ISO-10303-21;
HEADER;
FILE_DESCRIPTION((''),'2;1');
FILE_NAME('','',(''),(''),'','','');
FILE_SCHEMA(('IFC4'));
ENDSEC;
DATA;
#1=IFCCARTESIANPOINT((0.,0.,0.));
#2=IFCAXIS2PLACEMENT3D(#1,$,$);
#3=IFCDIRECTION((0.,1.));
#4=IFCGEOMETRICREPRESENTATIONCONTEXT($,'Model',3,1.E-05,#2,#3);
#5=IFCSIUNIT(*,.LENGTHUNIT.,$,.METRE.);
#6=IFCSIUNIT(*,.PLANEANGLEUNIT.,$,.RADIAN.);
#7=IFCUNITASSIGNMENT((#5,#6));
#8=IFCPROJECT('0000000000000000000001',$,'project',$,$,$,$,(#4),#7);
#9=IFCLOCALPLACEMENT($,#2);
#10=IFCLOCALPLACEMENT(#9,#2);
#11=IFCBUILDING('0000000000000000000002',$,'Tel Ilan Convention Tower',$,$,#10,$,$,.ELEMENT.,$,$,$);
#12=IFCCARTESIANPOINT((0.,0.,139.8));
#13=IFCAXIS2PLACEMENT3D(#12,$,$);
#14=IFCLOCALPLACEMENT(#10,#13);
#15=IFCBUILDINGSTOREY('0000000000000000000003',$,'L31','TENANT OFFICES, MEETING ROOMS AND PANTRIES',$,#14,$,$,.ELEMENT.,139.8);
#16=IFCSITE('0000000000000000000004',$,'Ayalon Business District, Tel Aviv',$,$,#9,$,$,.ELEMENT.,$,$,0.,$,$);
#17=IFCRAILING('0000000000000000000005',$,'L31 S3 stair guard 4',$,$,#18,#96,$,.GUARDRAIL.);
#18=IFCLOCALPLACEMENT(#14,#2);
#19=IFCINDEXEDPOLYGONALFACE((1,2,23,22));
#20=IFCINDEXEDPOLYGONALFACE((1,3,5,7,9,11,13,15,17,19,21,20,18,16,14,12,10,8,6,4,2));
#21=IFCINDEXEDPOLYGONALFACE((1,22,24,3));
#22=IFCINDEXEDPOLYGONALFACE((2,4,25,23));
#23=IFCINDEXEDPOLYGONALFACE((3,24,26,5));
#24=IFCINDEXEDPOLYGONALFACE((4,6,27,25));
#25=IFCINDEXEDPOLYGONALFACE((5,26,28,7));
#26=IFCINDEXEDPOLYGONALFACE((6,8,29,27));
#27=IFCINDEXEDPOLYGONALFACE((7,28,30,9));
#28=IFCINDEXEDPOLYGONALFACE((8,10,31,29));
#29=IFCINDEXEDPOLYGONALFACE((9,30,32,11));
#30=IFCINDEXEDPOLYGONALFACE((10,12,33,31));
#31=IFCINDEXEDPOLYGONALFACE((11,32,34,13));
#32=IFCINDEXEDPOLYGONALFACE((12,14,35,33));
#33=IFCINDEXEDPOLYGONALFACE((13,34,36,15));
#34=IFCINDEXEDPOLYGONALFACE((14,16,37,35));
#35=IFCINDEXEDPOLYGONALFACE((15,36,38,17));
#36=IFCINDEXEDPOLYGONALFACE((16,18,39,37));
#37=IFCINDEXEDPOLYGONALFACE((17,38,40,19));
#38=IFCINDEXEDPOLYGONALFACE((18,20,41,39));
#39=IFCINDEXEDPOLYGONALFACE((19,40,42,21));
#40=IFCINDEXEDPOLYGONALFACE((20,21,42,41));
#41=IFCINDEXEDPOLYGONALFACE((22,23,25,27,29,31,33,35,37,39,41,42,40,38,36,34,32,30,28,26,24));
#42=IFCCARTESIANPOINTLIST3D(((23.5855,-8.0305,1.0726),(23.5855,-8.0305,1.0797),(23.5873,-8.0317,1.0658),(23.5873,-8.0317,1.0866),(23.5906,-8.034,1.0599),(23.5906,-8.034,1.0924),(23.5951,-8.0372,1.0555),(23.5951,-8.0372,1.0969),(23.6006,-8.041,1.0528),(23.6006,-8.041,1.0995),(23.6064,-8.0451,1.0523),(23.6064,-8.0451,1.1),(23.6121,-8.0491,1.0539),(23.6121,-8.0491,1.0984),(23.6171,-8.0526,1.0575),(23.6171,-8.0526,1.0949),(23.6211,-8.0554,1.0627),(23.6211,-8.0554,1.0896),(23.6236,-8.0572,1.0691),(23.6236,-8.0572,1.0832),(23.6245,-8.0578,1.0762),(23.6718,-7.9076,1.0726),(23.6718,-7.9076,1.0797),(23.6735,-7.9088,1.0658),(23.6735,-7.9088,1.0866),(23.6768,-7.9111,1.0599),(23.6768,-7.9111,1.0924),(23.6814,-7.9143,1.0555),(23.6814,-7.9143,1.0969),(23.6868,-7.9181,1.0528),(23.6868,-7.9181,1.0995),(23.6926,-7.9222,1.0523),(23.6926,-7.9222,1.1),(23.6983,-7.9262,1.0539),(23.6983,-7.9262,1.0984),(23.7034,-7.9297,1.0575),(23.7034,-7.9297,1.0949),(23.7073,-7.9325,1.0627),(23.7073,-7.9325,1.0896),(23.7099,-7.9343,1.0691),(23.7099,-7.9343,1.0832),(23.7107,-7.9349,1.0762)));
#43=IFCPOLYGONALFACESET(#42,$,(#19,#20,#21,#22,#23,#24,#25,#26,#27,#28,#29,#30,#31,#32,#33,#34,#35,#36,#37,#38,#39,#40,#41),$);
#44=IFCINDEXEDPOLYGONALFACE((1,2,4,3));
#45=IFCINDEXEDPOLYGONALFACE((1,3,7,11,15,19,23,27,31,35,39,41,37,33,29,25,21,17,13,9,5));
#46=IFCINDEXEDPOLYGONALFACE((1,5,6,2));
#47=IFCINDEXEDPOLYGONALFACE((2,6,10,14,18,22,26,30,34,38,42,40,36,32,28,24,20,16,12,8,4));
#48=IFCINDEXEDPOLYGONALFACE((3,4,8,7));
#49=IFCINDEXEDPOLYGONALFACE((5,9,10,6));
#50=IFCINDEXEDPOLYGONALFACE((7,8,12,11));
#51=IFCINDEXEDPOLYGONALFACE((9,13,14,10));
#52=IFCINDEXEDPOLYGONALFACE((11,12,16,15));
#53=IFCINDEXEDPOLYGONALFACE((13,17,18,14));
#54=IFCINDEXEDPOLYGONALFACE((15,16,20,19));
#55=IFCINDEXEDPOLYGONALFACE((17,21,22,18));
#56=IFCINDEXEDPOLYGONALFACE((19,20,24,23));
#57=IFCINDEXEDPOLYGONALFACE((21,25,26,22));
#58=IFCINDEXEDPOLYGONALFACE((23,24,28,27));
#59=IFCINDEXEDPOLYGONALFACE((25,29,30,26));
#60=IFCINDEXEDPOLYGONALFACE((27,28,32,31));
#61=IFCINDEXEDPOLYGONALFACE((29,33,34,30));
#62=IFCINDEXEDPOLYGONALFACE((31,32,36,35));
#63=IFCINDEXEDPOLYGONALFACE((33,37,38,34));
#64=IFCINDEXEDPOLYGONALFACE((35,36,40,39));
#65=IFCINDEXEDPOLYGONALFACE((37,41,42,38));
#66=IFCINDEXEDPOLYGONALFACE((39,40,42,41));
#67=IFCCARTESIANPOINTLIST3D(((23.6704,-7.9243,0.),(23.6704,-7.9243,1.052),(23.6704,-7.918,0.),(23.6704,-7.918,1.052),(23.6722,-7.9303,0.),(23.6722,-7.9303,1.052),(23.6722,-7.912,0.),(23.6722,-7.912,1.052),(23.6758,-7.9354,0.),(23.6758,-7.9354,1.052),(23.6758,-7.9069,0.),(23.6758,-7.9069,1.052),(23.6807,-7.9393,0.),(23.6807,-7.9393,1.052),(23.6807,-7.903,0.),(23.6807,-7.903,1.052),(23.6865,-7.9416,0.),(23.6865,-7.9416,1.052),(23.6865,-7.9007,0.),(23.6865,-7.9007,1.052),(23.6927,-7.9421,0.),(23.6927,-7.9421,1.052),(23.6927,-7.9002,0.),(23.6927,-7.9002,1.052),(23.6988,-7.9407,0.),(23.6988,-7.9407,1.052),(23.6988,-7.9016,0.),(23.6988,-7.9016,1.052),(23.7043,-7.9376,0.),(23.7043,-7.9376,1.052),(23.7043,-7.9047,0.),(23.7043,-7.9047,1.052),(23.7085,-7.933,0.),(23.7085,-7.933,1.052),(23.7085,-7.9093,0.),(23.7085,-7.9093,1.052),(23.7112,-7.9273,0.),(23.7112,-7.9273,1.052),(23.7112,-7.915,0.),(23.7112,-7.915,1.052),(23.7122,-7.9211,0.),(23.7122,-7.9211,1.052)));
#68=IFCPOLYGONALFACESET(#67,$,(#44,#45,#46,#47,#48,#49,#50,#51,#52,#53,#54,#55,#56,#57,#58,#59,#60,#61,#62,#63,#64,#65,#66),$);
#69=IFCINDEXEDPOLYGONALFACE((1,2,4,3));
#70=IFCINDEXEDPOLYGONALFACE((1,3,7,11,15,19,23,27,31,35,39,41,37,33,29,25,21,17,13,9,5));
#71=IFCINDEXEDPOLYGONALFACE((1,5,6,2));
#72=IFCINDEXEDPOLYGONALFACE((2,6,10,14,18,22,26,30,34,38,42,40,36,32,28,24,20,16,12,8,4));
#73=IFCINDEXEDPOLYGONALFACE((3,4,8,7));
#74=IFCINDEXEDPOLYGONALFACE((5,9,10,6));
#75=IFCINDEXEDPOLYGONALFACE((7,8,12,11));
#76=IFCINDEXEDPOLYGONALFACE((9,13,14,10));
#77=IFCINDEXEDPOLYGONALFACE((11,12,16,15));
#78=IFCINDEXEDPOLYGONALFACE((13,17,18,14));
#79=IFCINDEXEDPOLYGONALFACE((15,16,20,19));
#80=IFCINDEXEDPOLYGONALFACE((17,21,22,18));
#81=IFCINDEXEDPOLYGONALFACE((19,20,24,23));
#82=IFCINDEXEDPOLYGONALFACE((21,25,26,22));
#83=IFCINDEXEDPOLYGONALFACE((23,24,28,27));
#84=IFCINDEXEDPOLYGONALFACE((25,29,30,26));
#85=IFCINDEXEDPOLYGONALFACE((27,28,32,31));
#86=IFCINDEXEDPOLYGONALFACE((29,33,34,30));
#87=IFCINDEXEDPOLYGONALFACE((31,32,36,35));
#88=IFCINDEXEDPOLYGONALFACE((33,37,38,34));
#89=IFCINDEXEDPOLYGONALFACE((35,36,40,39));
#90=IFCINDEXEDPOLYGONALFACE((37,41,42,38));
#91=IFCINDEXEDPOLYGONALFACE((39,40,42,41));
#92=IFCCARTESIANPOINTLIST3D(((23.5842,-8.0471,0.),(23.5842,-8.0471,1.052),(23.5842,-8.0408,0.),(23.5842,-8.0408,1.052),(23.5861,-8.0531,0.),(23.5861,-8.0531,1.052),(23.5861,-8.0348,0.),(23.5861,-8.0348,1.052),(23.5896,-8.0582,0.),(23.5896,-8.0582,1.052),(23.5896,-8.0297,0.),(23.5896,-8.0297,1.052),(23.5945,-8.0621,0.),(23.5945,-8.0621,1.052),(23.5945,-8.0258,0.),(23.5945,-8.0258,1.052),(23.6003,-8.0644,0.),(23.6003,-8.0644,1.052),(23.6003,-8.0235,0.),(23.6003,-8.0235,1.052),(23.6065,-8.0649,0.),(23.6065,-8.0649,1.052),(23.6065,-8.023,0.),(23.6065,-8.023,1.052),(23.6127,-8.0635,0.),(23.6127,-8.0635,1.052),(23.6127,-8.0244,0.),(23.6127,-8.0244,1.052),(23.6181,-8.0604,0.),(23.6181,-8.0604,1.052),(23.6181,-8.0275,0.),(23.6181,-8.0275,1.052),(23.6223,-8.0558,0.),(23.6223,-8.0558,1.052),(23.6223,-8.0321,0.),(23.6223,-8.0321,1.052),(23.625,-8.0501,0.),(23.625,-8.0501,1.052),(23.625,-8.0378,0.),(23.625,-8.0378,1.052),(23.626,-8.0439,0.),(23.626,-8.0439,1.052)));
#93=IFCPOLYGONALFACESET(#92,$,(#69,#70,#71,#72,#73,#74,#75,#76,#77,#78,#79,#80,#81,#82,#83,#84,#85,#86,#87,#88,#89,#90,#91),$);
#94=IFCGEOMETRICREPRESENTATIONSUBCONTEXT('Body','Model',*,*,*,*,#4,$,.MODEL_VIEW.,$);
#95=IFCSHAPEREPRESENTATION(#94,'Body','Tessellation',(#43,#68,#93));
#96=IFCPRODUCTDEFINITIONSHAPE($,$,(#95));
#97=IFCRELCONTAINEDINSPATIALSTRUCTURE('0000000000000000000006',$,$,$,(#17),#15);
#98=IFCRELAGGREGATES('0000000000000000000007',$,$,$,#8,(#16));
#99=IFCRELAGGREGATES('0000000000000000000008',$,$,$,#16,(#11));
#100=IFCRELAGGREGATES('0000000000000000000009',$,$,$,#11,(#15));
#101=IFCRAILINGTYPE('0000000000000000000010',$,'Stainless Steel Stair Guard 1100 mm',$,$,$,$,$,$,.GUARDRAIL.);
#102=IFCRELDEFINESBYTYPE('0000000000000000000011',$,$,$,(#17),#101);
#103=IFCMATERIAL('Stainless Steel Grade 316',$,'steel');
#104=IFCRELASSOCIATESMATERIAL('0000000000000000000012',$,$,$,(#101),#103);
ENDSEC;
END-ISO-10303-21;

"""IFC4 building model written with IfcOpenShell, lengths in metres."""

from ifc_helpers import new_model, si_unit, direction, frame, origin, origin_2d, place, context, subcontext, project, spatial, circle, extrude, material, type_object, element, save


model = new_model("IFC4")

# Units and contexts
model_context = context("Model", 3, precision=1e-05, world=origin(), true_north=direction((0.0, 1.0)))
body_context = subcontext(model_context, "Body", "Model", "MODEL_VIEW")
ifc_project = project(units=[si_unit("LENGTHUNIT", "METRE"), si_unit("PLANEANGLEUNIT", "RADIAN")], contexts=[model_context])

# Site, building, storey
site_placement = place(None, origin())
site = spatial("IfcSite", under=ifc_project, at=site_placement, Name="Ayalon Business District, Tel Aviv", CompositionType="ELEMENT", RefElevation=0.0)
building_placement = place(site_placement, origin())
building = spatial("IfcBuilding", under=site, at=building_placement, Name="Tel Ilan Convention Tower", CompositionType="ELEMENT")
storey_placement = place(building_placement, frame((0.0, 0.0, 139.8)))
storey = spatial("IfcBuildingStorey", under=building, at=storey_placement, Name="L31", Description="TENANT OFFICES, MEETING ROOMS AND PANTRIES", CompositionType="ELEMENT", Elevation=139.8)

# Railing
ifc_material_1 = material(Name="Stainless Steel Grade 316", Category="steel")
railing_type_1 = type_object("IfcRailingType", Name="Stainless Steel Stair Guard 1100 mm", PredefinedType="GUARDRAIL", material=ifc_material_1)
railing_1_placement = place(storey_placement, frame((23.6912, -7.9211, 0.0)))
element("IfcRailing", 1, at=railing_1_placement, inside=storey, type_object=railing_type_1, Name="L31 S3 stair guard 4", PredefinedType="GUARDRAIL", context=body_context, shape_type="SweptSolid", body=[
    extrude(circle(Radius=0.0239, at=origin_2d()), frame((0.0, 0.0, 1.0762), z_axis=(-0.574445, -0.818543, 0.0), x_axis=(0.818543, -0.574445, 0.0)), (0.0, 0.0, 1.0), 0.1501),
    extrude(circle(Radius=0.021, at=origin_2d()), origin(), (0.0, 0.0, 1.0), 1.052),
    extrude(circle(Radius=0.021, at=origin_2d()), frame((-0.0862, -0.1228, 0.0)), (0.0, 0.0, 1.0), 1.052),
])

save(model, "model.ifc")
